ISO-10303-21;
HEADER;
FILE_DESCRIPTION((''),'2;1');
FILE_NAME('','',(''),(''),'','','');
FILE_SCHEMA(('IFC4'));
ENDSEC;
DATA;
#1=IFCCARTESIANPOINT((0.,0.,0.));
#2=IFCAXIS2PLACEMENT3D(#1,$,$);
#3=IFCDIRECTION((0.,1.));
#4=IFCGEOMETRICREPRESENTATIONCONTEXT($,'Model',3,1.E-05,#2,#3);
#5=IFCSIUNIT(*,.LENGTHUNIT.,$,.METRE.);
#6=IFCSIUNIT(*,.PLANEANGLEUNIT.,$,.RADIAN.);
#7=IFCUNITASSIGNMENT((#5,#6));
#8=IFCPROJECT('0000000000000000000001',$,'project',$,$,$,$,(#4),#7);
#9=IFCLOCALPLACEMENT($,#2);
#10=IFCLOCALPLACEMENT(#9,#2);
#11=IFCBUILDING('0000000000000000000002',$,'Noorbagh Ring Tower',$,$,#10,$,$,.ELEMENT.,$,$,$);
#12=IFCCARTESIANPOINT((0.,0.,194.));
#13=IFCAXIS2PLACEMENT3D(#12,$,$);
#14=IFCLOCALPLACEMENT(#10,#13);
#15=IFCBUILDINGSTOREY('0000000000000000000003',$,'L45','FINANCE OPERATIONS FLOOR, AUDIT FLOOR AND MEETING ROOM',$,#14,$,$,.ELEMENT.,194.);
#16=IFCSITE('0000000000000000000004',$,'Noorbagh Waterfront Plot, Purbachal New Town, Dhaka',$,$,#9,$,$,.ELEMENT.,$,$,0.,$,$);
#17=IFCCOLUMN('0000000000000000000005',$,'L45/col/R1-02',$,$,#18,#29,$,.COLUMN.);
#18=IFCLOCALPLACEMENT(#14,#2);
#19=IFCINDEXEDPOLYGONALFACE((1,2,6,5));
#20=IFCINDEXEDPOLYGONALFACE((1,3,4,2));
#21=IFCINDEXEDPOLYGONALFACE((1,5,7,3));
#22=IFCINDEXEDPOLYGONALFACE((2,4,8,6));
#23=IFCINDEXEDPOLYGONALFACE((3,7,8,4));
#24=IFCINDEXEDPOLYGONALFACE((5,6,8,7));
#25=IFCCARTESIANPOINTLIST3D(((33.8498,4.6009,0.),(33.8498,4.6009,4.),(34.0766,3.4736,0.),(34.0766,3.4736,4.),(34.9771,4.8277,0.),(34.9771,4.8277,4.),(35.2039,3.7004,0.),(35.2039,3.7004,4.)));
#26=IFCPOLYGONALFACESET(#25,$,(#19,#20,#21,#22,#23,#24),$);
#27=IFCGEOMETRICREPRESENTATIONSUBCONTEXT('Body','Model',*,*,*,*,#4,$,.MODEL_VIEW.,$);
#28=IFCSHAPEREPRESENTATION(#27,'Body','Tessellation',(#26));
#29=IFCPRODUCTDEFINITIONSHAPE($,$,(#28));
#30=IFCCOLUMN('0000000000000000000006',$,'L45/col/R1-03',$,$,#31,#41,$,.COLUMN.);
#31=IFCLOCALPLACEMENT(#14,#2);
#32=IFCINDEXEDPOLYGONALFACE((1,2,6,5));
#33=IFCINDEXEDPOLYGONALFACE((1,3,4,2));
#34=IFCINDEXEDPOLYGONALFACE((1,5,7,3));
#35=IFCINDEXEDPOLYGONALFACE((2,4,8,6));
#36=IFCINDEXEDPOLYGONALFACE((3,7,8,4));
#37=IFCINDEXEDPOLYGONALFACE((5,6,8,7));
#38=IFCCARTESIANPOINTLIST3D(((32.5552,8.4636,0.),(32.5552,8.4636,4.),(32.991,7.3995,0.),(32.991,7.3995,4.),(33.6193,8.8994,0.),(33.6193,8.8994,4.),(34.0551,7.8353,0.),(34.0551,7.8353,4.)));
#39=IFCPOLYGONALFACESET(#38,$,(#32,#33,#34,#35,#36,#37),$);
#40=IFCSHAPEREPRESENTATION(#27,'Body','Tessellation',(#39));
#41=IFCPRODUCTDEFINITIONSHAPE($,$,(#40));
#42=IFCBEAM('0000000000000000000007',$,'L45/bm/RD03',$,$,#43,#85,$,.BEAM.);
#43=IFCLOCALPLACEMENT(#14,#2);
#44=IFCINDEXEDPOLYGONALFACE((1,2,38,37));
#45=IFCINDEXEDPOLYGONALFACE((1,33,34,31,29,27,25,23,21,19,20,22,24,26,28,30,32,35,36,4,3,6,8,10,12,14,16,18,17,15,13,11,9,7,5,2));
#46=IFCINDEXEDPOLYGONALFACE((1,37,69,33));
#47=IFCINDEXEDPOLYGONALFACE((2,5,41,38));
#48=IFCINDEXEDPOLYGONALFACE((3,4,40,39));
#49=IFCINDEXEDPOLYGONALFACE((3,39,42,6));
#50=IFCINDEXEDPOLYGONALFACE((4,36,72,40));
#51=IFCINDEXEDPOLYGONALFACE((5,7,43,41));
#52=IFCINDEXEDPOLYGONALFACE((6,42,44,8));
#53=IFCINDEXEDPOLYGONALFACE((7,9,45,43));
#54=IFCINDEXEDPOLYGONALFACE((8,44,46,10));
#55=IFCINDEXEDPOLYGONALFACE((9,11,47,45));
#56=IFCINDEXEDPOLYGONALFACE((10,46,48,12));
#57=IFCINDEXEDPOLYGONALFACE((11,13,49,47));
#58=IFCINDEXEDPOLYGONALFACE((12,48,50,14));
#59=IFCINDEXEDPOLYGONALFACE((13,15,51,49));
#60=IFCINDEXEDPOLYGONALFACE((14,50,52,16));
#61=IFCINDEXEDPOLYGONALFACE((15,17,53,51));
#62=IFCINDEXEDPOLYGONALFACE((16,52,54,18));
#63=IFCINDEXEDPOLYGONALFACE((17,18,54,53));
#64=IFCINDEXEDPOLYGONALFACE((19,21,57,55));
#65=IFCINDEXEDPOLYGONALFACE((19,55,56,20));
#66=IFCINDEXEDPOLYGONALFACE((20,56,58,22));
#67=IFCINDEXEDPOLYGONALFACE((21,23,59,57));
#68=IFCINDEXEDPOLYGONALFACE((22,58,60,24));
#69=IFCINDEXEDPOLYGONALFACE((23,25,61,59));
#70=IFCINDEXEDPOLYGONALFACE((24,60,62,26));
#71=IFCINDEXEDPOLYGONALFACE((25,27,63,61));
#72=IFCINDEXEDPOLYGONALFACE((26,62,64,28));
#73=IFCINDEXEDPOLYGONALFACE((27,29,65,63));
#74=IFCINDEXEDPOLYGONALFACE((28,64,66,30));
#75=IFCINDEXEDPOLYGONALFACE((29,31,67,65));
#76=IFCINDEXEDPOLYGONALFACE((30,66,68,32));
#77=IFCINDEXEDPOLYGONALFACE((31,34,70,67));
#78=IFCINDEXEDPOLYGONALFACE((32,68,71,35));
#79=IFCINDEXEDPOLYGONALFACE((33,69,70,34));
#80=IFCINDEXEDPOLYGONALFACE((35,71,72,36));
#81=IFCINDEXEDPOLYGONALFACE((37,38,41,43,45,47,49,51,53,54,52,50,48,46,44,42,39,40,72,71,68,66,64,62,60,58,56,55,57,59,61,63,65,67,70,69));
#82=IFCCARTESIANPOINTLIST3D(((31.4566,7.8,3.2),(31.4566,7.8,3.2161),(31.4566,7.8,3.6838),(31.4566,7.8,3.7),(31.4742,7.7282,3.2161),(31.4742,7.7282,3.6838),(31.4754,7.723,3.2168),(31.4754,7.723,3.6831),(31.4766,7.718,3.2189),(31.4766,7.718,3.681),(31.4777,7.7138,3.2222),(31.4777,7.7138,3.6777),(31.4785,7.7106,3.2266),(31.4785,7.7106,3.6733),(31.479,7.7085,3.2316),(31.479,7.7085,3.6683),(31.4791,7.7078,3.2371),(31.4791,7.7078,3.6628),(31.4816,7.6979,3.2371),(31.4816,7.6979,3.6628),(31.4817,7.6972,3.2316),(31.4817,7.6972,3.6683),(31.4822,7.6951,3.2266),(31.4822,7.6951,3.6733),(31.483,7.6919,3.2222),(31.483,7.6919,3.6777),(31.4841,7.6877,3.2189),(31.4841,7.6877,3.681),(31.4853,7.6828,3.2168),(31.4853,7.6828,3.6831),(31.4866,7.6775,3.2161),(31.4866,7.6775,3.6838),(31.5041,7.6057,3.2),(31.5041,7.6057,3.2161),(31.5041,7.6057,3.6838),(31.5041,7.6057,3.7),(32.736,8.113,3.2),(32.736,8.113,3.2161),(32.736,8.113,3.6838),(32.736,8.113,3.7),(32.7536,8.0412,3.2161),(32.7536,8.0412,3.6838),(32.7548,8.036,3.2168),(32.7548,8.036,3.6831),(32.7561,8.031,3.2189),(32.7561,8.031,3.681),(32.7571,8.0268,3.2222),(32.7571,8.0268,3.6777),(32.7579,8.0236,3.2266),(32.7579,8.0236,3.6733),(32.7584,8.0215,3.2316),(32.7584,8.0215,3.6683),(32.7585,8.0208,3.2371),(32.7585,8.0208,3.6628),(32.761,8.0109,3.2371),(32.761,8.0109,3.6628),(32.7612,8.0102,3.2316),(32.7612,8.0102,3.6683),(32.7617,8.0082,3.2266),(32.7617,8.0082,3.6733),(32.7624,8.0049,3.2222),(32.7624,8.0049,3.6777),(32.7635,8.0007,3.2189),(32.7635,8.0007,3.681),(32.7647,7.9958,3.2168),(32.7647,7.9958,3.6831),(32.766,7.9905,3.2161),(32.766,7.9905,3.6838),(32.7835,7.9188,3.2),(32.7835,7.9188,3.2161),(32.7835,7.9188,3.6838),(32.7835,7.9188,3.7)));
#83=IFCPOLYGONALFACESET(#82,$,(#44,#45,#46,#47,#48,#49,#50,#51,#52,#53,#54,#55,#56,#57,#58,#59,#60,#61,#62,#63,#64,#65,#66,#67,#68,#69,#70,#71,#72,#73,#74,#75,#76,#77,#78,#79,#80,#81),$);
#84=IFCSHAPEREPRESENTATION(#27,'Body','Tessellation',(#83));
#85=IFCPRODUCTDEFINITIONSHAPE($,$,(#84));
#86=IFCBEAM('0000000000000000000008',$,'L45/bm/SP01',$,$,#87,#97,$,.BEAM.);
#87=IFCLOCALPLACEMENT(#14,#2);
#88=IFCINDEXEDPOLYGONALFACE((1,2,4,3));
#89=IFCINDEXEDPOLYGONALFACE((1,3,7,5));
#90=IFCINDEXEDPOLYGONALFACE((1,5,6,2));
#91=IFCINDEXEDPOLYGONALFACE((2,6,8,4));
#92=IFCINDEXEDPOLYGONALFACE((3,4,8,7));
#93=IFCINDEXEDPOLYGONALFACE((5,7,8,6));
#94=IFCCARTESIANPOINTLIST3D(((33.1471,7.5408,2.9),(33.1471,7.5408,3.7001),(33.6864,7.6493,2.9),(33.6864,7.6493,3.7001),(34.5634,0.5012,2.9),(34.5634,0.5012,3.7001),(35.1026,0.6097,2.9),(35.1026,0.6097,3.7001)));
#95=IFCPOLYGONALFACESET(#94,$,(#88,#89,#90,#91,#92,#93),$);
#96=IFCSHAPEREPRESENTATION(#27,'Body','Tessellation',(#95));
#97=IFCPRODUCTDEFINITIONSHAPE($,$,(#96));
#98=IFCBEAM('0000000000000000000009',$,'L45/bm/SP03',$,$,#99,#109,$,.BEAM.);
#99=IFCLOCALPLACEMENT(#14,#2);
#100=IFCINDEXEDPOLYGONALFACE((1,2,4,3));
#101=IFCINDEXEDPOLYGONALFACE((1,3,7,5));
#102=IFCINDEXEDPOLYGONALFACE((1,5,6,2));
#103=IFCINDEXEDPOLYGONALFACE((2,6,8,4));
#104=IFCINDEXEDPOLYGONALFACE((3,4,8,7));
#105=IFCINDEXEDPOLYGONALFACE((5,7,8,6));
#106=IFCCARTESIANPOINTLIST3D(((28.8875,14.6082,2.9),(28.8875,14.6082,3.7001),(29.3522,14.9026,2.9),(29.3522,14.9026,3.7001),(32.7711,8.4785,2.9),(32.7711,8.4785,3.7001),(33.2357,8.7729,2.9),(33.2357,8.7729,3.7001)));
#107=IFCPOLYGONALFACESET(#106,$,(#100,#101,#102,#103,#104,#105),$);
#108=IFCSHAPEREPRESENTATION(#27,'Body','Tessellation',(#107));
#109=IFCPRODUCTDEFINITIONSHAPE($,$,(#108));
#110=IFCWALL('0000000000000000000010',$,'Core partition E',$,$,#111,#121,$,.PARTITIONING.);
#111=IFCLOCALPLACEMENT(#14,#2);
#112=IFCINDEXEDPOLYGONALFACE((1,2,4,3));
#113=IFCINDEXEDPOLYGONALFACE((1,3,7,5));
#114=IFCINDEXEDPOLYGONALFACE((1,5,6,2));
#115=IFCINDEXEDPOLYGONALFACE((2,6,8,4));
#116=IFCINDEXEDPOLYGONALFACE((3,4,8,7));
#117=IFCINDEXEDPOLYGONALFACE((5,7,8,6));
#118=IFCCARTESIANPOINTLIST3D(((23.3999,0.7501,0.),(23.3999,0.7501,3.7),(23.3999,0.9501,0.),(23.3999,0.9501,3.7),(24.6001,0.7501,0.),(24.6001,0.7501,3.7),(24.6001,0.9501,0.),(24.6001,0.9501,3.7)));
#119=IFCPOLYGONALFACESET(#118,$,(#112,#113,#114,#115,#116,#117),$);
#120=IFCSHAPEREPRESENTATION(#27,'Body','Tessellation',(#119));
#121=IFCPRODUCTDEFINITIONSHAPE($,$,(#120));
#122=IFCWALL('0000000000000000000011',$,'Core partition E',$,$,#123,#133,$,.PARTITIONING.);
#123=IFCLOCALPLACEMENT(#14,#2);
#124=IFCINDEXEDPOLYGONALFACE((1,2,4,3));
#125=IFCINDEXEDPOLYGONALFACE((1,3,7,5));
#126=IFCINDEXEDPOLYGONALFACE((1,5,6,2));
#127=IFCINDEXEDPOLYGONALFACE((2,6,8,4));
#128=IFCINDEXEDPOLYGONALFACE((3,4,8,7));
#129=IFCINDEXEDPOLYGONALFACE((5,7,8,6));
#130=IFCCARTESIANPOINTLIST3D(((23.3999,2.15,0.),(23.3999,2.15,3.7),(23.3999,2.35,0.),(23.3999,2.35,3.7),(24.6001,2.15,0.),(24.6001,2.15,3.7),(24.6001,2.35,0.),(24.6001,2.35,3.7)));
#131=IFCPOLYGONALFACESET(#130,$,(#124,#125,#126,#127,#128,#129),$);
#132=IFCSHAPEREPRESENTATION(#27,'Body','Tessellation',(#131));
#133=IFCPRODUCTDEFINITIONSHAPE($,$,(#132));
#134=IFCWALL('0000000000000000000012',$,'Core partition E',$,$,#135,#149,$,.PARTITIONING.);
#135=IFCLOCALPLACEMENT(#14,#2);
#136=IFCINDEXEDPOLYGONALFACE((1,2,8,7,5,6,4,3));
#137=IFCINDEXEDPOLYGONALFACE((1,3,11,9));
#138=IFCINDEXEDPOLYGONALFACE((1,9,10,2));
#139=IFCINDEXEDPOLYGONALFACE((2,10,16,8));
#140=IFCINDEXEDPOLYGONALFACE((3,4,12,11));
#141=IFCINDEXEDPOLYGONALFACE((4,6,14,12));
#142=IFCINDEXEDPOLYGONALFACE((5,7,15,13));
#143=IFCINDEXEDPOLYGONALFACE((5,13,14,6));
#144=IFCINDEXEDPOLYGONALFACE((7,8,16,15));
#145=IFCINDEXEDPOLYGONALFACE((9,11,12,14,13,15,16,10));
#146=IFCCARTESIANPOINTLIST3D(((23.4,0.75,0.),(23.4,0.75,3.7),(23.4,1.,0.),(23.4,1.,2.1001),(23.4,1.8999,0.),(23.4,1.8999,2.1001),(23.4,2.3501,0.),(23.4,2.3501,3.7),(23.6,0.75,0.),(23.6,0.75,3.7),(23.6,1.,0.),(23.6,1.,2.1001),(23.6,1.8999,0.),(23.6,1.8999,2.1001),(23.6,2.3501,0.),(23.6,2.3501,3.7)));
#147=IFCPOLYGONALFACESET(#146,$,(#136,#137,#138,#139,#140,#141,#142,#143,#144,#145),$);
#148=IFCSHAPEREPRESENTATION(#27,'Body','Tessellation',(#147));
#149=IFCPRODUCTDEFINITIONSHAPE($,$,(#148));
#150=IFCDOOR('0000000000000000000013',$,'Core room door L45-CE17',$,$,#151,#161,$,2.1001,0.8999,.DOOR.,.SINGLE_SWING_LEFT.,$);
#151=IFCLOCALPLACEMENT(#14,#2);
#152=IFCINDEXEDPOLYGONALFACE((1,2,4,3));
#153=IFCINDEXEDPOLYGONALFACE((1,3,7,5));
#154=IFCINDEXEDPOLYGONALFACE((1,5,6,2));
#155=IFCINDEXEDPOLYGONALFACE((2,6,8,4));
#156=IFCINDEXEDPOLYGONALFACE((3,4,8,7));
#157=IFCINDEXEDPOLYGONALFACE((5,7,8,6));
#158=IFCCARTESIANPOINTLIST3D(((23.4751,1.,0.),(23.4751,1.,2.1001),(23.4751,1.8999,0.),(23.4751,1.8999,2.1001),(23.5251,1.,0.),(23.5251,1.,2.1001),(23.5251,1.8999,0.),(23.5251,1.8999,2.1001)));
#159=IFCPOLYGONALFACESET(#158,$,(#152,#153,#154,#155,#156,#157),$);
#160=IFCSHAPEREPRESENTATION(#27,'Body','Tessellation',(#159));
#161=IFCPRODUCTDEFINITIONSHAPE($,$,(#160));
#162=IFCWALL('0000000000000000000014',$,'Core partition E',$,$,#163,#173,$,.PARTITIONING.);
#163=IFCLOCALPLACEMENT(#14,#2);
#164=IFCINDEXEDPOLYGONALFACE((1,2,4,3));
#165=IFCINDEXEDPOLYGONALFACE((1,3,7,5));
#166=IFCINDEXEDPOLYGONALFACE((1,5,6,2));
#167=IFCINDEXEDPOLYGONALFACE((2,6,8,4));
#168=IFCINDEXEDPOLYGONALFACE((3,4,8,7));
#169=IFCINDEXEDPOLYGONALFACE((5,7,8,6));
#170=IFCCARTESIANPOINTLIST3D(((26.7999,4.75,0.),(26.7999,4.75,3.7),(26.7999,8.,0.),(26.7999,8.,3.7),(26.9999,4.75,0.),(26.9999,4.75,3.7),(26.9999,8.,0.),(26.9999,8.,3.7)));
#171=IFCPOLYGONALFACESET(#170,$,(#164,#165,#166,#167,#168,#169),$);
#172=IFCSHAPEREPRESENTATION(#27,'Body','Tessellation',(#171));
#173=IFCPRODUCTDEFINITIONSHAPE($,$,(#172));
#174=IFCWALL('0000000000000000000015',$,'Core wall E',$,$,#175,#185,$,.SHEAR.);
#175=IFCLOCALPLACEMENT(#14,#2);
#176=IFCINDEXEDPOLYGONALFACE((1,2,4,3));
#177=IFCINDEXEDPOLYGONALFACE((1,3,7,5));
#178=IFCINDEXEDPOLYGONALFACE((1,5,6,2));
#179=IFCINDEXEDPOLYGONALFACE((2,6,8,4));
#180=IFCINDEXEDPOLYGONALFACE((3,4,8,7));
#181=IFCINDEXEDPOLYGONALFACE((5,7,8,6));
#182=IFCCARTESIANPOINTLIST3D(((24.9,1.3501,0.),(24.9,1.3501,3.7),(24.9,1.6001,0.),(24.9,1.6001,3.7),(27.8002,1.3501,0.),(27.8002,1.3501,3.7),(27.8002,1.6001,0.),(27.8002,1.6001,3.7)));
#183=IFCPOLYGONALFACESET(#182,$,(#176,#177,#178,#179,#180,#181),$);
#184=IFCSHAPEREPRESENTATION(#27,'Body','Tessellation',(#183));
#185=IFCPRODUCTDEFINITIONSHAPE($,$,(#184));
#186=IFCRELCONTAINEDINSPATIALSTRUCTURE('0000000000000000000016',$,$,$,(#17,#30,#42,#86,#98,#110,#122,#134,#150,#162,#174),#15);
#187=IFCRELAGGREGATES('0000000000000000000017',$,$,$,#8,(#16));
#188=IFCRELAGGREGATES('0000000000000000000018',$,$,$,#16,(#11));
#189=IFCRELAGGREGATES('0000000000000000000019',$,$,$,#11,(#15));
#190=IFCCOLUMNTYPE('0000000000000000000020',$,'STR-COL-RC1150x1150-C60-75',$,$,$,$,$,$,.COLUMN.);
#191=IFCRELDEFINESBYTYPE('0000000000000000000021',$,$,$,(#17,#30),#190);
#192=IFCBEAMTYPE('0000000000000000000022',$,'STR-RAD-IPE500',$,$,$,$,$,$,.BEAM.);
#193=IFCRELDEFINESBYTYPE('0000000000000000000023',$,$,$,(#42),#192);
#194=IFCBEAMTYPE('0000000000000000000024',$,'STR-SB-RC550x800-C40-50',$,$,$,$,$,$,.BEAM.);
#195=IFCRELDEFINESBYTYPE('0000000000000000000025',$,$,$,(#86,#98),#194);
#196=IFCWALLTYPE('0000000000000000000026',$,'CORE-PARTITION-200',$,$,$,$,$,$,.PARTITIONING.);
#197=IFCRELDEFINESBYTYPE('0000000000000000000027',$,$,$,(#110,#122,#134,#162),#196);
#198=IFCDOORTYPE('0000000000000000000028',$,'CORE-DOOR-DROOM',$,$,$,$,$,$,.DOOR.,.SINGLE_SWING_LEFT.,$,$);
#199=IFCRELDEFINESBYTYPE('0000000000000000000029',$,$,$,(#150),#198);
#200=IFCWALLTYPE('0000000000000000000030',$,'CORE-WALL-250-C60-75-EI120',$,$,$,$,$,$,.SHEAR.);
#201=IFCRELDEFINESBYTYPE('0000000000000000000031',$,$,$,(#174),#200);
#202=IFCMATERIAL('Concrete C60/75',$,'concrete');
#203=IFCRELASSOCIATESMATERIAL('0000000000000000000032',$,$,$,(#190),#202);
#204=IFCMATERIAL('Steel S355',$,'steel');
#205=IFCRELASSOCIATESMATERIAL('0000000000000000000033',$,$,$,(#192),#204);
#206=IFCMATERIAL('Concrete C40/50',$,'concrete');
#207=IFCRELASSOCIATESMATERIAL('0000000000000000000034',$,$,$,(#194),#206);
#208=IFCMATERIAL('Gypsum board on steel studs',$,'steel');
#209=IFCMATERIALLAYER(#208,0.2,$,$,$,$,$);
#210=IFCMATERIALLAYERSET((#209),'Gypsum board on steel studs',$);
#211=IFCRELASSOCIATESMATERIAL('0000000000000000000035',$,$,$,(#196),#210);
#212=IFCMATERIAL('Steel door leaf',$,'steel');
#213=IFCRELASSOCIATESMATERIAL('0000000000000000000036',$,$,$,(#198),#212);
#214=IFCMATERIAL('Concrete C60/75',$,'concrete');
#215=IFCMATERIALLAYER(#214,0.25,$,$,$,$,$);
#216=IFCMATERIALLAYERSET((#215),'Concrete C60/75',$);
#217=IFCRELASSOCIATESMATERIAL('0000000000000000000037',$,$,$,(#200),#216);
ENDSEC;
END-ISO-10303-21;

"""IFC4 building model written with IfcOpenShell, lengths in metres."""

from ifc_helpers import new_model, si_unit, direction, frame, frame_2d, origin, origin_2d, place, context, subcontext, project, spatial, rectangle, i_section, extrude, material, layer, layer_set, material_profile, profile_set, type_object, element, fill, save


model = new_model("IFC4")

# Units and contexts
model_context = context("Model", 3, precision=1e-05, world=origin(), true_north=direction((0.0, 1.0)))
body_context = subcontext(model_context, "Body", "Model", "MODEL_VIEW")
ifc_project = project(units=[si_unit("LENGTHUNIT", "METRE"), si_unit("PLANEANGLEUNIT", "RADIAN")], contexts=[model_context])

# Site, building, storey
site_placement = place(None, origin())
site = spatial("IfcSite", under=ifc_project, at=site_placement, Name="Noorbagh Waterfront Plot, Purbachal New Town, Dhaka", CompositionType="ELEMENT", RefElevation=0.0)
building_placement = place(site_placement, origin())
building = spatial("IfcBuilding", under=site, at=building_placement, Name="Noorbagh Ring Tower", CompositionType="ELEMENT")
storey_placement = place(building_placement, frame((0.0, 0.0, 194.0)))
storey = spatial("IfcBuildingStorey", under=building, at=storey_placement, Name="L45", Description="FINANCE OPERATIONS FLOOR, AUDIT FLOOR AND MEETING ROOM", CompositionType="ELEMENT", Elevation=194.0)

# Columns
ifc_material_1 = material(Name="Concrete C60/75", Category="concrete")
ifc_material_profile_1 = material_profile(ifc_material_1, rectangle(XDim=1.1499, YDim=1.1499, at=origin_2d()), Name="RC1150x1150")
ifc_profile_set_1 = profile_set([ifc_material_profile_1], Name="Concrete C60/75")
column_type = type_object("IfcColumnType", Name="STR-COL-RC1150x1150-C60-75", PredefinedType="COLUMN", material=ifc_profile_set_1)
for number, where, z_axis, x_axis, name in (
    (1, (34.5269, 4.1506, 0.0), (0.0, 0.0, 1.0), (-0.19723, 0.980357, 0.0), "L45/col/R1-02"),
    (2, (33.3052, 8.1494, 0.0), (0.0, 0.0, 1.0), (-0.378989, 0.925401, 0.0), "L45/col/R1-03"),
):
    element("IfcColumn", number, at=place(storey_placement, frame(where, z_axis=z_axis, x_axis=x_axis)), inside=storey, type_object=column_type, Name=name, PredefinedType="COLUMN", context=body_context, shape_type="SweptSolid", body=[
        extrude(rectangle(XDim=1.1499, YDim=1.1499, at=origin_2d()), origin(), (0.0, 0.0, 1.0), 4.0),
    ])

# Beams
ifc_material_2 = material(Name="Steel S355", Category="steel")
ifc_material_profile_2 = material_profile(ifc_material_2, i_section(OverallWidth=0.2, OverallDepth=0.5, WebThickness=0.0103, FlangeThickness=0.0161, FilletRadius=0.021, at=origin_2d()), Name="IPE500")
ifc_profile_set_2 = profile_set([ifc_material_profile_2], Name="Steel S355")
beam_type_1 = type_object("IfcBeamType", Name="STR-RAD-IPE500", PredefinedType="BEAM", material=ifc_profile_set_2)
beam_1_placement = place(storey_placement, frame((32.7598, 8.0159, 3.45), z_axis=(-0.971351, -0.237647, 0.0), x_axis=(0.237647, -0.971351, 0.0)))
element("IfcBeam", 3, at=beam_1_placement, inside=storey, type_object=beam_type_1, Name="L45/bm/RD03", PredefinedType="BEAM", context=body_context, shape_type="SweptSolid", body=[
    extrude(i_section(OverallWidth=0.2, OverallDepth=0.5, WebThickness=0.0103, FlangeThickness=0.0161, FilletRadius=0.021, at=origin_2d()), origin(), (0.0, 0.0, 1.0), 1.3171),
])
ifc_material_3 = material(Name="Concrete C40/50", Category="concrete")
ifc_material_profile_3 = material_profile(ifc_material_3, rectangle(XDim=0.55, YDim=0.8, at=origin_2d()), Name="RC550x800")
ifc_profile_set_3 = profile_set([ifc_material_profile_3], Name="Concrete C40/50")
beam_type_2 = type_object("IfcBeamType", Name="STR-SB-RC550x800-C40-50", PredefinedType="BEAM", material=ifc_profile_set_3)
beam_2_placement = place(storey_placement, frame((34.833, 0.5554, 3.3), z_axis=(-0.197234, 0.980356, 0.0), x_axis=(-0.980356, -0.197234, 0.0)))
element("IfcBeam", 4, at=beam_2_placement, inside=storey, type_object=beam_type_2, Name="L45/bm/SP01", PredefinedType="BEAM", context=body_context, shape_type="SweptSolid", body=[
    extrude(rectangle(XDim=0.55, YDim=0.8, at=origin_2d()), origin(), (0.0, 0.0, 1.0), 7.1807),
])
beam_3_placement = place(storey_placement, frame((33.0034, 8.6257, 3.3), z_axis=(-0.535194, 0.844729, 0.0), x_axis=(-0.844729, -0.535194, 0.0)))
element("IfcBeam", 5, at=beam_3_placement, inside=storey, type_object=beam_type_2, Name="L45/bm/SP03", PredefinedType="BEAM", context=body_context, shape_type="SweptSolid", body=[
    extrude(rectangle(XDim=0.55, YDim=0.8, at=origin_2d()), origin(), (0.0, 0.0, 1.0), 7.2563),
])

# Walls
ifc_material_4 = material(Name="Gypsum board on steel studs", Category="steel")
ifc_layer_1 = layer(ifc_material_4, 0.2)
ifc_layer_set_1 = layer_set([ifc_layer_1], Name="Gypsum board on steel studs")
wall_type_1 = type_object("IfcWallType", Name="CORE-PARTITION-200", PredefinedType="PARTITIONING", material=ifc_layer_set_1)
for number, where, z_axis, x_axis, name in (
    (6, (23.3999, 0.8501, 0.0), (0.0, 0.0, 1.0), (1.0, 0.0, 0.0), "Core partition E"),
    (7, (23.3999, 2.25, 0.0), (0.0, 0.0, 1.0), (1.0, 0.0, 0.0), "Core partition E"),
):
    element("IfcWall", number, at=place(storey_placement, frame(where, z_axis=z_axis, x_axis=x_axis)), inside=storey, type_object=wall_type_1, Name=name, PredefinedType="PARTITIONING", context=body_context, shape_type="SweptSolid", body=[
        extrude(rectangle(XDim=1.2002, YDim=0.2, at=frame_2d((0.6001, 0.0))), origin(), (0.0, 0.0, 1.0), 3.7),
    ])

# Wall, opening, door
wall_1_placement = place(storey_placement, frame((23.5, 0.75, 0.0), z_axis=(0.0, 0.0, 1.0), x_axis=(0.0, 1.0, 0.0)))
wall_1 = element("IfcWall", 8, at=wall_1_placement, inside=storey, type_object=wall_type_1, Name="Core partition E", PredefinedType="PARTITIONING", context=body_context, shape_type="SweptSolid", body=[
    extrude(rectangle(XDim=1.6001, YDim=0.2, at=frame_2d((0.8, 0.0))), origin(), (0.0, 0.0, 1.0), 3.7),
])
opening_1_placement = place(wall_1_placement, frame((0.25, 0.0, 0.0)))
opening_1 = element("IfcOpeningElement", 9, at=opening_1_placement, cuts=wall_1, PredefinedType="OPENING", context=body_context, shape_type="SweptSolid", body=[
    extrude(rectangle(XDim=0.8999, YDim=2.1001, at=frame_2d((0.45, 1.05))), frame((0.0, 0.1099, 0.0), z_axis=(0.0, -1.0, 0.0), x_axis=(1.0, 0.0, 0.0)), (0.0, 0.0, 1.0), 0.22),
])
ifc_material_5 = material(Name="Steel door leaf", Category="steel")
door_type_1 = type_object("IfcDoorType", Name="CORE-DOOR-DROOM", OperationType="SINGLE_SWING_LEFT", PredefinedType="DOOR", material=ifc_material_5)
door_1_placement = place(opening_1_placement, origin())
door_1 = element("IfcDoor", 10, at=door_1_placement, inside=storey, type_object=door_type_1, Name="Core room door L45-CE17", OperationType="SINGLE_SWING_LEFT", OverallHeight=2.1001, OverallWidth=0.8999, PredefinedType="DOOR", context=body_context, shape_type="SweptSolid", body=[
    extrude(rectangle(XDim=0.8999, YDim=2.1001, at=frame_2d((0.45, 1.05))), frame((0.0, 0.0249, 0.0), z_axis=(0.0, -1.0, 0.0), x_axis=(1.0, 0.0, 0.0)), (0.0, 0.0, 1.0), 0.05),
])
fill(opening_1, door_1)

# Walls
wall_2_placement = place(storey_placement, frame((26.8999, 4.75, 0.0), z_axis=(0.0, 0.0, 1.0), x_axis=(0.0, 1.0, 0.0)))
element("IfcWall", 11, at=wall_2_placement, inside=storey, type_object=wall_type_1, Name="Core partition E", PredefinedType="PARTITIONING", context=body_context, shape_type="SweptSolid", body=[
    extrude(rectangle(XDim=3.25, YDim=0.2, at=frame_2d((1.625, 0.0))), origin(), (0.0, 0.0, 1.0), 3.7),
])
ifc_material_6 = material(Name="Concrete C60/75", Category="concrete")
ifc_layer_2 = layer(ifc_material_6, 0.25)
ifc_layer_set_2 = layer_set([ifc_layer_2], Name="Concrete C60/75")
wall_type_2 = type_object("IfcWallType", Name="CORE-WALL-250-C60-75-EI120", PredefinedType="SHEAR", material=ifc_layer_set_2)
wall_3_placement = place(storey_placement, frame((24.8999, 1.4751, 0.0), z_axis=(0.0, 0.0, 1.0), x_axis=(1.0, 0.0, 0.0)))
element("IfcWall", 12, at=wall_3_placement, inside=storey, type_object=wall_type_2, Name="Core wall E", PredefinedType="SHEAR", context=body_context, shape_type="SweptSolid", body=[
    extrude(rectangle(XDim=2.9001, YDim=0.25, at=frame_2d((1.4502, 0.0))), origin(), (0.0, 0.0, 1.0), 3.7),
])

save(model, "model.ifc")
